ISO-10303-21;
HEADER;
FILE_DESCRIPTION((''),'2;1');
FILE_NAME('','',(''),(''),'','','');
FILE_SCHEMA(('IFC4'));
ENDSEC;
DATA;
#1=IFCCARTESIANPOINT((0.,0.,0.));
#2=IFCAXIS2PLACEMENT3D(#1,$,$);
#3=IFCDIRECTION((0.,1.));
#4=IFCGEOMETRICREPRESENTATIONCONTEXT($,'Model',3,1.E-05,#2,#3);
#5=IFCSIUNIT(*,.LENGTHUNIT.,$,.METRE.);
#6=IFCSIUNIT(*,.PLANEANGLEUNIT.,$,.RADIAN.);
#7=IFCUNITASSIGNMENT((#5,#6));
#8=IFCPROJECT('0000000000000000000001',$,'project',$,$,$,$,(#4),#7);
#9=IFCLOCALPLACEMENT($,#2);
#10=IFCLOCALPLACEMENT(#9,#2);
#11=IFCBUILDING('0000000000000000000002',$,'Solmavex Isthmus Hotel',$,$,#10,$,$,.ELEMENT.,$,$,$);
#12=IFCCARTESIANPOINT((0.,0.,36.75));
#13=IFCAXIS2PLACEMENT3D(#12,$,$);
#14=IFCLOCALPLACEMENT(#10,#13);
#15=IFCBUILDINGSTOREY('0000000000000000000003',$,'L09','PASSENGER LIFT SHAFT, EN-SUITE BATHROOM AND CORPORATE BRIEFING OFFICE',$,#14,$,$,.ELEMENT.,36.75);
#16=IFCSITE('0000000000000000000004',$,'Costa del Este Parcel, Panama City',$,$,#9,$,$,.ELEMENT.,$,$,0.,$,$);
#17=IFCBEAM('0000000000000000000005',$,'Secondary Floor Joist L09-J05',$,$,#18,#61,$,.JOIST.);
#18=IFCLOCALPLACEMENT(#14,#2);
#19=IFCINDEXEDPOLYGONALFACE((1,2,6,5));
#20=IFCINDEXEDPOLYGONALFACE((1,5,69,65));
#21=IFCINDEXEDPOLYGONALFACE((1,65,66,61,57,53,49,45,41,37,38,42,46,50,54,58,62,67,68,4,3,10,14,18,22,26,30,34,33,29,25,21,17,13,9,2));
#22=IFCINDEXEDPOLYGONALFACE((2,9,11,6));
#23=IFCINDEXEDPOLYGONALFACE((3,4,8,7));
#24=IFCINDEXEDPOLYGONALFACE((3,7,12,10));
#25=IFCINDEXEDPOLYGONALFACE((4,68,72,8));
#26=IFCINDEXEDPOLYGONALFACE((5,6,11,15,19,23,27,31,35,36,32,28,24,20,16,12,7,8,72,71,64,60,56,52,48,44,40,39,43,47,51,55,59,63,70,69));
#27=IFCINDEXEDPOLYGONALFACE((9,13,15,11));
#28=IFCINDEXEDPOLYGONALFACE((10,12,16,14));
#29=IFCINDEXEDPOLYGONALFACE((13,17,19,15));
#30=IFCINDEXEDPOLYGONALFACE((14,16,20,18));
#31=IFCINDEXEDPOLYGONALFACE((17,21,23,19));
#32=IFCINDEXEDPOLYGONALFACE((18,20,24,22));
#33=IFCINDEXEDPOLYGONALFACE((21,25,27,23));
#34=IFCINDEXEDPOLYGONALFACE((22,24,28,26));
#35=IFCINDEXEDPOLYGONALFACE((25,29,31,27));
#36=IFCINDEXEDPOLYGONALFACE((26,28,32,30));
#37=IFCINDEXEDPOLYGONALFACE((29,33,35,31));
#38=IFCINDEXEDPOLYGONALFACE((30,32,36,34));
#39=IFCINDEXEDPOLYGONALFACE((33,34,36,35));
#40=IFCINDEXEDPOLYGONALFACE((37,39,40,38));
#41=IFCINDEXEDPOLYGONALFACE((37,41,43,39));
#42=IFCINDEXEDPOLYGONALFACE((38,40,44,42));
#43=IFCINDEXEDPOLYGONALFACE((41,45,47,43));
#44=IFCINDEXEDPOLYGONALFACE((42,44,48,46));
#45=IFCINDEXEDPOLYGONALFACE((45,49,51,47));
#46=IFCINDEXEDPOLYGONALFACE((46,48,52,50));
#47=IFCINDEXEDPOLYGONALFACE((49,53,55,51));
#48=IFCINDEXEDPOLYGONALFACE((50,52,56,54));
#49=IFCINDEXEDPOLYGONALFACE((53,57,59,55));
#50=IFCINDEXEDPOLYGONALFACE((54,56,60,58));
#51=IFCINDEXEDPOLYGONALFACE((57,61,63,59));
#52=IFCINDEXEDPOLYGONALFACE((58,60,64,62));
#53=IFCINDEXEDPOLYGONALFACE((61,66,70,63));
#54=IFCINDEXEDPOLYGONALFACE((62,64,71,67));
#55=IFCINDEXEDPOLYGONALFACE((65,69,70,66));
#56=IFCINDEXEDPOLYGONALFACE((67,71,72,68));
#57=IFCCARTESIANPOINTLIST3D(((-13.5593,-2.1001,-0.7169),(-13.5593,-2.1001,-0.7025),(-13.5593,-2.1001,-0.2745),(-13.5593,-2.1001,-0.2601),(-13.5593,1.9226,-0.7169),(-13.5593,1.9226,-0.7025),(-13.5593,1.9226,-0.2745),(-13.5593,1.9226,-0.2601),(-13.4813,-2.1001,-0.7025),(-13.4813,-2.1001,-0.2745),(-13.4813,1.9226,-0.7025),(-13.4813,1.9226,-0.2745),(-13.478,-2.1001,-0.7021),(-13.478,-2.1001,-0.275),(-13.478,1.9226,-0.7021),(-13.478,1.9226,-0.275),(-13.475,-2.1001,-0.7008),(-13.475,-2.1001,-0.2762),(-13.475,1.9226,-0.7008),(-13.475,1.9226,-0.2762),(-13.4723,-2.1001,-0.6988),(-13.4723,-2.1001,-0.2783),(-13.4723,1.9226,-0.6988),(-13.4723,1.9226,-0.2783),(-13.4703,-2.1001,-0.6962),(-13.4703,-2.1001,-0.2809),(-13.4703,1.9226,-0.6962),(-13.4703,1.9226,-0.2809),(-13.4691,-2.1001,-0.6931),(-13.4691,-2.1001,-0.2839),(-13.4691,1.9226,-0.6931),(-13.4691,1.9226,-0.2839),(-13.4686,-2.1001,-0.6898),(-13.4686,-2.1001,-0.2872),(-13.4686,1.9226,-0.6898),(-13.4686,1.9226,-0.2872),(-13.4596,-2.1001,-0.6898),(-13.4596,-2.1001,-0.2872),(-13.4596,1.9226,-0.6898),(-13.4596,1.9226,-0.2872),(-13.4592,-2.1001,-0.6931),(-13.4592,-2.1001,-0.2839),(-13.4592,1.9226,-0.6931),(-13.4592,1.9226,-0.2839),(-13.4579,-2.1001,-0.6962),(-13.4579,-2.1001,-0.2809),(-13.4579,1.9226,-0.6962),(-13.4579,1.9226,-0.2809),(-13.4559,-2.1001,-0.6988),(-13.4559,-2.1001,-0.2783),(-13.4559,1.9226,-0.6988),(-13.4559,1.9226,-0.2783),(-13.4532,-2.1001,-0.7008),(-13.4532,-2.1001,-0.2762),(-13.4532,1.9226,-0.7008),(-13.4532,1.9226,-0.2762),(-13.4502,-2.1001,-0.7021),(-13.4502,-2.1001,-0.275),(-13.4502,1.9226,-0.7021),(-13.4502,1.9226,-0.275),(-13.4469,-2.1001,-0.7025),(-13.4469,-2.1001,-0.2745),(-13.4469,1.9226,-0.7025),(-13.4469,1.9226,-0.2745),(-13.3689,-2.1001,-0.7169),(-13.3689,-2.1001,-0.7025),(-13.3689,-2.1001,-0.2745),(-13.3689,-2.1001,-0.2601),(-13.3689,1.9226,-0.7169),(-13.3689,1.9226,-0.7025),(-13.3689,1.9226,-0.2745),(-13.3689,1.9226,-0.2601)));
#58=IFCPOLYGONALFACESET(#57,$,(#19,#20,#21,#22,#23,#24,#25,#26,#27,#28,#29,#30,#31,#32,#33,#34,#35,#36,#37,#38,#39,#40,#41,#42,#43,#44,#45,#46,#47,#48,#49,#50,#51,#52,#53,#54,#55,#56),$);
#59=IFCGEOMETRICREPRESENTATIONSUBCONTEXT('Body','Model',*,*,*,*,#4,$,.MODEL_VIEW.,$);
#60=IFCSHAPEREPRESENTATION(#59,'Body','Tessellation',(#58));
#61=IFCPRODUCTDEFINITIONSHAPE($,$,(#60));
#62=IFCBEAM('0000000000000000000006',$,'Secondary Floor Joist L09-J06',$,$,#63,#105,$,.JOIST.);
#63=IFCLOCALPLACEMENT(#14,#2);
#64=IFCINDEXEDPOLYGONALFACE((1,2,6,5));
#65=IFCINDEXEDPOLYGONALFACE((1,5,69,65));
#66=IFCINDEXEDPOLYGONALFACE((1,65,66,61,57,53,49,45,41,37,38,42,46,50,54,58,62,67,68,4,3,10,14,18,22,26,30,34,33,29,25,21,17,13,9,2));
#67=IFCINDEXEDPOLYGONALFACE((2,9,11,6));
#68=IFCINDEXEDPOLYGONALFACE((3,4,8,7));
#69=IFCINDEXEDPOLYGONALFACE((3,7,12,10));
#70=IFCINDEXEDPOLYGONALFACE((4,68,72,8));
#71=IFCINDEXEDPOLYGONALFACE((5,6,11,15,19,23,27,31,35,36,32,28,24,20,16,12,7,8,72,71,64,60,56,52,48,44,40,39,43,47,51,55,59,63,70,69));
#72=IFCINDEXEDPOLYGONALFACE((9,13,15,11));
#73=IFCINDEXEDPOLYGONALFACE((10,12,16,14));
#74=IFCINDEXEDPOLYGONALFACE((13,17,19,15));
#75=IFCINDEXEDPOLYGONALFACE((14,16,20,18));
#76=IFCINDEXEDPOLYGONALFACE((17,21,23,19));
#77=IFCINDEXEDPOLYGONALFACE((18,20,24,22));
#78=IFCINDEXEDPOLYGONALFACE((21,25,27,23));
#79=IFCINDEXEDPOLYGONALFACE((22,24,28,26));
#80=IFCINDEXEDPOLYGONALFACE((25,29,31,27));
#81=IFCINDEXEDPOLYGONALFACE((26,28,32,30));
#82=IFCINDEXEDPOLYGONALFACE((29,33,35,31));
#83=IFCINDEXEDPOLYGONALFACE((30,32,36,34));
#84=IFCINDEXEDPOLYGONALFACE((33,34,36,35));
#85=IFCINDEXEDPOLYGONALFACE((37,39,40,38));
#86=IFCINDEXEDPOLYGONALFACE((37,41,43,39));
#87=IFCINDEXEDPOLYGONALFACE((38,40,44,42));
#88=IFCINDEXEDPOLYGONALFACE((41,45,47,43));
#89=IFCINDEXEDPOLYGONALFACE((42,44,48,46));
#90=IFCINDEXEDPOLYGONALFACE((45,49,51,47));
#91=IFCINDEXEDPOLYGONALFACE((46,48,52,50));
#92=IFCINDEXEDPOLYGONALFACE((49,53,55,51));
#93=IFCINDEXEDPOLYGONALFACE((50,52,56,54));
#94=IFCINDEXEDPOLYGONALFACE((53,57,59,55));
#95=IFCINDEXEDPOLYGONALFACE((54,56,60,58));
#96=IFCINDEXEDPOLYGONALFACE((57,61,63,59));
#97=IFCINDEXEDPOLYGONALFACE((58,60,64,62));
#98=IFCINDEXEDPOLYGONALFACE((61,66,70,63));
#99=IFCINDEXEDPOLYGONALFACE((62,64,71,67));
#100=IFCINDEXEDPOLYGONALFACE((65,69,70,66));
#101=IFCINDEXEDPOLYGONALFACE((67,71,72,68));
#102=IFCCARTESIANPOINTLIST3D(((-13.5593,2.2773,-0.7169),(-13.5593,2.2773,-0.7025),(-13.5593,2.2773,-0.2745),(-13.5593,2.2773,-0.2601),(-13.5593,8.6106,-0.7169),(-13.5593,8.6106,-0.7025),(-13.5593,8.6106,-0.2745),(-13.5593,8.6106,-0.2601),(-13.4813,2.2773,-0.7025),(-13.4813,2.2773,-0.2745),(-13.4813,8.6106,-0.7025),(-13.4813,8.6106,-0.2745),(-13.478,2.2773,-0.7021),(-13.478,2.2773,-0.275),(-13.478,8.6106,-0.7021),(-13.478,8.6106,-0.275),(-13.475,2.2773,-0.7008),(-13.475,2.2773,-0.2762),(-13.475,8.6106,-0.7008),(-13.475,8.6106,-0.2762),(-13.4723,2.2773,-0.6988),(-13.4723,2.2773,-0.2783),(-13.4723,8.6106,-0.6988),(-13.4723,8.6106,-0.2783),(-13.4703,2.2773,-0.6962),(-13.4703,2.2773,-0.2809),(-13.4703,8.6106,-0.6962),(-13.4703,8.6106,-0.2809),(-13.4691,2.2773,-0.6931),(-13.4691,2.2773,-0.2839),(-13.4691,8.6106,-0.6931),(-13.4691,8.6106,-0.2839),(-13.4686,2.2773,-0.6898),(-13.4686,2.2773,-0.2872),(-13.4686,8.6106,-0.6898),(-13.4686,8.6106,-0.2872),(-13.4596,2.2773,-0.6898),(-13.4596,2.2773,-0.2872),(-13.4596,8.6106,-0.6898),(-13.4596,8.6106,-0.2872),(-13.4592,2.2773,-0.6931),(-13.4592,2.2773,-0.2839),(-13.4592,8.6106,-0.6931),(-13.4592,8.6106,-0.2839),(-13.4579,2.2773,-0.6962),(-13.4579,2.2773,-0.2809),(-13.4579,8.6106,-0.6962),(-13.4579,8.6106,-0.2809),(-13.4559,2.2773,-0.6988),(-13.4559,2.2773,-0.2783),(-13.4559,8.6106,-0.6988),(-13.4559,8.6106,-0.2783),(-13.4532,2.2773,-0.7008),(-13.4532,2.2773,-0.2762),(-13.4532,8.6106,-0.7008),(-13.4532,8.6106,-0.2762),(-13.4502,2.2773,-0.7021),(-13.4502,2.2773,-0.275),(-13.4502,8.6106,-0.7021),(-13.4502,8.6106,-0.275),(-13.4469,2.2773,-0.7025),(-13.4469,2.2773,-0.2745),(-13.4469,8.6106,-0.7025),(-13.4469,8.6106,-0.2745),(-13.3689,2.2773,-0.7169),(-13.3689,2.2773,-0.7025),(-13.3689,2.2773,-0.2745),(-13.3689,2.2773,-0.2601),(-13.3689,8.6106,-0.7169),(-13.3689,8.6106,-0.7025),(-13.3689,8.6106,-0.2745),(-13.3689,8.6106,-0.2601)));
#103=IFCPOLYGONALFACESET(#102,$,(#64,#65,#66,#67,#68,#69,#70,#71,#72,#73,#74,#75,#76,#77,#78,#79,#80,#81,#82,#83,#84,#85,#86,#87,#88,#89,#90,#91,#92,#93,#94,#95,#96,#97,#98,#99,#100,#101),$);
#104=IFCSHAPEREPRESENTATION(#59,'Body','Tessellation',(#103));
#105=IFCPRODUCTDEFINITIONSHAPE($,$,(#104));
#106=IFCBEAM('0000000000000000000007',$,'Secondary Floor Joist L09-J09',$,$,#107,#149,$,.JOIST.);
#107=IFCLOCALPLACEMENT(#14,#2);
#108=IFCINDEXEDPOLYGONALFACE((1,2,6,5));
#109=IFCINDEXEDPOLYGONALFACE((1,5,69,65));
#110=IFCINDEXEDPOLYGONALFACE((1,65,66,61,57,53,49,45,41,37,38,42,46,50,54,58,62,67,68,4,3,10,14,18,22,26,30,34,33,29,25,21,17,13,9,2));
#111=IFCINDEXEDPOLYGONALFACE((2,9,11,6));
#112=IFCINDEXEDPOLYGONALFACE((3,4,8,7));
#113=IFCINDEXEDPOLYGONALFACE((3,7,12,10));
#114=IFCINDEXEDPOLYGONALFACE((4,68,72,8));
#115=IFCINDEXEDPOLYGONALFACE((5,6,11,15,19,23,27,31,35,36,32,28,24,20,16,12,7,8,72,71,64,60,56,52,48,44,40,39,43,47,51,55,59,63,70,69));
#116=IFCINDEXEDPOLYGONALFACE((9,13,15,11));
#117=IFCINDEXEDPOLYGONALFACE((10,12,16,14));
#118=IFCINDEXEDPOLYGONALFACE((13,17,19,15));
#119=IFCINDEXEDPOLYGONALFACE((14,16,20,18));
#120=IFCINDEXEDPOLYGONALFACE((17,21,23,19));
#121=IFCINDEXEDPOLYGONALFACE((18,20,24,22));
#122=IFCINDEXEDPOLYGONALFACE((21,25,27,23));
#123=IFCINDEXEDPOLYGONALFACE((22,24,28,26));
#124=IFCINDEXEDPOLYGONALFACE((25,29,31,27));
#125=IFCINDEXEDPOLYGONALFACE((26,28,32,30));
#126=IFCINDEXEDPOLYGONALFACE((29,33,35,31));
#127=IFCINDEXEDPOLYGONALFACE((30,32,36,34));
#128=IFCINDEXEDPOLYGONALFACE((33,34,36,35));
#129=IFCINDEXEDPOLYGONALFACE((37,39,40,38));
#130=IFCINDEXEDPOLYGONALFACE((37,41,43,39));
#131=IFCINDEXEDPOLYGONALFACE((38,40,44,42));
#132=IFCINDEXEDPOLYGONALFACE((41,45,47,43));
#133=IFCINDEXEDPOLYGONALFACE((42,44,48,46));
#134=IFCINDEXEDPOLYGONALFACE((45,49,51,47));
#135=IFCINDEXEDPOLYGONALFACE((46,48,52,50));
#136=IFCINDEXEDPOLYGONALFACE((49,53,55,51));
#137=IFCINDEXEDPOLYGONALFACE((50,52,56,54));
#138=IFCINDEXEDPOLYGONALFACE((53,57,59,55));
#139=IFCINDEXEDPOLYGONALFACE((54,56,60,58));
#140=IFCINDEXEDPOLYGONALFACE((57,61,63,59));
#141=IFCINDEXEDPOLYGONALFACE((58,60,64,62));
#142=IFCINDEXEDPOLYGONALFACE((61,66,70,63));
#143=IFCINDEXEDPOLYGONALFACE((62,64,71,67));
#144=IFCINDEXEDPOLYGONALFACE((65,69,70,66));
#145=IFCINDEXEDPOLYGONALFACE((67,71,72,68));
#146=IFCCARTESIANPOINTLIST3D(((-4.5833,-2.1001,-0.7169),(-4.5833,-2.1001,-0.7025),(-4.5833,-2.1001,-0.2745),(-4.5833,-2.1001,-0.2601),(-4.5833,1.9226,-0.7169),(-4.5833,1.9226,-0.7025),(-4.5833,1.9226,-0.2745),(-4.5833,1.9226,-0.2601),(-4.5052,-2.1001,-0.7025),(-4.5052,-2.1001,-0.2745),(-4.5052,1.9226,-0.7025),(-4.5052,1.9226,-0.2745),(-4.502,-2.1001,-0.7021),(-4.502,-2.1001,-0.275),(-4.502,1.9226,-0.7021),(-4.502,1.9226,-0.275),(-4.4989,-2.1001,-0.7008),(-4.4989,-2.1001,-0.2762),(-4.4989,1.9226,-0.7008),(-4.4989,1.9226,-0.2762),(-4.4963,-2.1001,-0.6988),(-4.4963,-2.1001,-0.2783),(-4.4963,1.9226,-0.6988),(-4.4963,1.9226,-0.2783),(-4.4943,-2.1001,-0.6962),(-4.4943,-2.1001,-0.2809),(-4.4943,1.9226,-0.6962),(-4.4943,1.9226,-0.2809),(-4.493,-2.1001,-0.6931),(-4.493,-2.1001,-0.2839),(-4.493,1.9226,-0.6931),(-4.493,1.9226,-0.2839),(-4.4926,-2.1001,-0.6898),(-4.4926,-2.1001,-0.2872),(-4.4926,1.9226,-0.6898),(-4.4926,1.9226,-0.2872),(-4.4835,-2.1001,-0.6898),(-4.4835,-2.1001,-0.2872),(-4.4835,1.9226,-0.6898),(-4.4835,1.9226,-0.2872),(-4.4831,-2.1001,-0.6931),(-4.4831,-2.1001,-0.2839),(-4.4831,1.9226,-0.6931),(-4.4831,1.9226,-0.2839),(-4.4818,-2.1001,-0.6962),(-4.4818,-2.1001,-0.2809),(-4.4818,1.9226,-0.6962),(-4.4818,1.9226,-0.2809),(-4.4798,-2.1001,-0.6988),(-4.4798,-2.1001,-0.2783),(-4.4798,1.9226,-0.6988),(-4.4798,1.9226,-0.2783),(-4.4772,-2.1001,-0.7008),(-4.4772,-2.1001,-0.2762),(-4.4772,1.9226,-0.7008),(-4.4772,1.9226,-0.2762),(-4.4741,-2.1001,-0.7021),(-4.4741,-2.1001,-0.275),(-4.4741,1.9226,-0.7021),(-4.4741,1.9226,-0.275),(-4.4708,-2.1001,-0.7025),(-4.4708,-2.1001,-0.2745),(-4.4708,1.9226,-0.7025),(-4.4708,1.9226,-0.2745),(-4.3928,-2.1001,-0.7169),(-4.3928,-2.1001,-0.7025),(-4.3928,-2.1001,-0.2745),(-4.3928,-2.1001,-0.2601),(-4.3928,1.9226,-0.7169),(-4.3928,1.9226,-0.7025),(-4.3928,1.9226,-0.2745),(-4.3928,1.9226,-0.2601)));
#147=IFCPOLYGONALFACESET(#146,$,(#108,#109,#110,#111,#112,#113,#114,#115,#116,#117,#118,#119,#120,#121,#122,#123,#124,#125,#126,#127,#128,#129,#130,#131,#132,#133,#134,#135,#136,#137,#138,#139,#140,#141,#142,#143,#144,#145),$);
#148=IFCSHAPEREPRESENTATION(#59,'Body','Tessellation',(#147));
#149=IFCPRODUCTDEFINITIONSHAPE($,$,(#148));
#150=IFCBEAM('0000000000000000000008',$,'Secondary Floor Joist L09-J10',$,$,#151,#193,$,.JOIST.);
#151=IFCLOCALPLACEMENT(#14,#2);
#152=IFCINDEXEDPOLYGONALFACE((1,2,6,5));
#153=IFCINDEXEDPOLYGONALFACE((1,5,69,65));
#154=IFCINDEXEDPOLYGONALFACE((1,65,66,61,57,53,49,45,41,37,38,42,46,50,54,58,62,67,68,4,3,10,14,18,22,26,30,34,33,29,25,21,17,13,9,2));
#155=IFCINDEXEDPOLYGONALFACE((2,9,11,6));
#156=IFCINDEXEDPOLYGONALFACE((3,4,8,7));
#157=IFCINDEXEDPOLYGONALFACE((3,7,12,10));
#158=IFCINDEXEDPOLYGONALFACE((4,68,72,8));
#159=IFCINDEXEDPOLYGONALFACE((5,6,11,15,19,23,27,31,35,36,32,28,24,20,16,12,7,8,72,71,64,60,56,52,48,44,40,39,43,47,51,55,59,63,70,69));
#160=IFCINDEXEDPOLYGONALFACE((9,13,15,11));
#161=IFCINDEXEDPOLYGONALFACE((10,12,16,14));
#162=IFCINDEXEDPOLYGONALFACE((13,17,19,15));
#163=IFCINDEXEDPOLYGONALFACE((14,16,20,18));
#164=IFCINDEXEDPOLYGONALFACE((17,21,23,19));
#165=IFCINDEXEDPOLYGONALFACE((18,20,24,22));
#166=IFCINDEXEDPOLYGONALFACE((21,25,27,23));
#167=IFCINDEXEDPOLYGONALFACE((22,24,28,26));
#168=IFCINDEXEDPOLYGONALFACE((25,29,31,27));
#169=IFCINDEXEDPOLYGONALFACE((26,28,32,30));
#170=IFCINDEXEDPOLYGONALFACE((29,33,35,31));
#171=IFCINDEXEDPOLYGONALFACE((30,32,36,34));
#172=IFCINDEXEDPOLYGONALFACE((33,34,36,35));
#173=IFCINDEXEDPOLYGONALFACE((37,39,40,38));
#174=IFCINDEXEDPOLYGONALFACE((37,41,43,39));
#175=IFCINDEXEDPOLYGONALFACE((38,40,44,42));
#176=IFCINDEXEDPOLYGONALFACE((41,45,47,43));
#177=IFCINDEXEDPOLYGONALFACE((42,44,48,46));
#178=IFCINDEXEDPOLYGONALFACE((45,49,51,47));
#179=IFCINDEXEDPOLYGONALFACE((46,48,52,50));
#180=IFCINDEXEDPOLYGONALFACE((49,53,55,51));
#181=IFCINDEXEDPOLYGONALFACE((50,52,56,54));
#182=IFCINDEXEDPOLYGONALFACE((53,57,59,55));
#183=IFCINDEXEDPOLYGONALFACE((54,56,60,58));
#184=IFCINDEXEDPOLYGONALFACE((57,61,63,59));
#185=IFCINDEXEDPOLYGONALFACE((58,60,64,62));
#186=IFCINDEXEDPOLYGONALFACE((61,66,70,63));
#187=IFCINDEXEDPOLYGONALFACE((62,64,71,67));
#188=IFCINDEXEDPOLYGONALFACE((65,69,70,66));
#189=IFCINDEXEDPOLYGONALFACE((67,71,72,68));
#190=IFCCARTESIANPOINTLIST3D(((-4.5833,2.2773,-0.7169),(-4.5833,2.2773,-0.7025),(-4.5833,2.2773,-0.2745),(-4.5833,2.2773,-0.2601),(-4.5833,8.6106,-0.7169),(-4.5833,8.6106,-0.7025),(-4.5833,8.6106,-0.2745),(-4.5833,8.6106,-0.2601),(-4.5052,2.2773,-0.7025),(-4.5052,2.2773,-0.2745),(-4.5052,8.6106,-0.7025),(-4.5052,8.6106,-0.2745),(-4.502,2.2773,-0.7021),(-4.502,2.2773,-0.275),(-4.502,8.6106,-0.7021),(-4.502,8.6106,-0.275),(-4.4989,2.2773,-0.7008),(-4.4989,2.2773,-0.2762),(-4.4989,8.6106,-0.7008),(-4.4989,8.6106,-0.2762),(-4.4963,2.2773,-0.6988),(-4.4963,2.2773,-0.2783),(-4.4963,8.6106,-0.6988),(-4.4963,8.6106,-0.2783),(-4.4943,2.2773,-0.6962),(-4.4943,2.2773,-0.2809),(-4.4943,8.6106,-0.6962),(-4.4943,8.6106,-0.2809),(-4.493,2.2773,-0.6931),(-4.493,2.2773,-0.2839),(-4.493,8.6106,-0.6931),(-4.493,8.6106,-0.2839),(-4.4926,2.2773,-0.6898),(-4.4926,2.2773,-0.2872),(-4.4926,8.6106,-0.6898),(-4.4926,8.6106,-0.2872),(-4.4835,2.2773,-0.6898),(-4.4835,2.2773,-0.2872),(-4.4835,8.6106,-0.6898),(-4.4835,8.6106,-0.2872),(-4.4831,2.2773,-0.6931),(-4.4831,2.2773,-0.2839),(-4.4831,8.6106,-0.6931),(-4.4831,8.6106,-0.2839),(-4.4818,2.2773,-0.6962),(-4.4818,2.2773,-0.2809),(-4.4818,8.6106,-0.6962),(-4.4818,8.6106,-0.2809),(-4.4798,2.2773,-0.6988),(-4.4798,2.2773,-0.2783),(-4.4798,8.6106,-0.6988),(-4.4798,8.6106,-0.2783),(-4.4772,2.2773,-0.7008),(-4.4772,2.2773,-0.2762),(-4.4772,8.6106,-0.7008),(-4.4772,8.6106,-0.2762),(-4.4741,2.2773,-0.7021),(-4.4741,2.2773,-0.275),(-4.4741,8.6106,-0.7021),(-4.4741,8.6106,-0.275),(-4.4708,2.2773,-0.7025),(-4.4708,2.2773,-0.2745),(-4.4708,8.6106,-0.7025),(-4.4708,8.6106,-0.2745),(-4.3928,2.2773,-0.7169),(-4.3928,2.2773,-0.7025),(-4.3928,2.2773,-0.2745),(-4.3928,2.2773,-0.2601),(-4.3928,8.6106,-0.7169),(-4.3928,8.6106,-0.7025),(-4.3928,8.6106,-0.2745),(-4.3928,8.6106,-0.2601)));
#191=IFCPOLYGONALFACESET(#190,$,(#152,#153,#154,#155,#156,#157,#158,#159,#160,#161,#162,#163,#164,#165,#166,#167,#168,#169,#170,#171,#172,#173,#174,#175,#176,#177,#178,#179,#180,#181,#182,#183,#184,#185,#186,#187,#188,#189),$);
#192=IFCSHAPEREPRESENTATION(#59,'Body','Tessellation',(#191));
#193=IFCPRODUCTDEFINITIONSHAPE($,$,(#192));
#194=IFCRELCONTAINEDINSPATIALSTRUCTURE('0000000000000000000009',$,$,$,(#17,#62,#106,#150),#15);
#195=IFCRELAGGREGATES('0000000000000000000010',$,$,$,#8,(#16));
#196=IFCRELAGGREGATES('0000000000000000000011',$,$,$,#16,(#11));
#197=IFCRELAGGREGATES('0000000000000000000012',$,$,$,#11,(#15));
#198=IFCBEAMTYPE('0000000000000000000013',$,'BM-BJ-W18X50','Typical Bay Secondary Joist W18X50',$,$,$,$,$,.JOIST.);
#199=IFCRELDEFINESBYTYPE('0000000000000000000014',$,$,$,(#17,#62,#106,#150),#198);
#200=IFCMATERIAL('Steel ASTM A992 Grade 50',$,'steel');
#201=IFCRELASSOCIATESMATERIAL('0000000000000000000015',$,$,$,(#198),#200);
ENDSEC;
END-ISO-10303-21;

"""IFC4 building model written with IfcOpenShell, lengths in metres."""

from ifc_helpers import new_model, si_unit, direction, frame, origin, origin_2d, place, context, subcontext, project, spatial, i_section, extrude, material, material_profile, profile_set, type_object, element, save


model = new_model("IFC4")

# Units and contexts
model_context = context("Model", 3, precision=1e-05, world=origin(), true_north=direction((0.0, 1.0)))
body_context = subcontext(model_context, "Body", "Model", "MODEL_VIEW")
ifc_project = project(units=[si_unit("LENGTHUNIT", "METRE"), si_unit("PLANEANGLEUNIT", "RADIAN")], contexts=[model_context])

# Site, building, storey
site_placement = place(None, origin())
site = spatial("IfcSite", under=ifc_project, at=site_placement, Name="Costa del Este Parcel, Panama City", CompositionType="ELEMENT", RefElevation=0.0)
building_placement = place(site_placement, origin())
building = spatial("IfcBuilding", under=site, at=building_placement, Name="Solmavex Isthmus Hotel", CompositionType="ELEMENT")
storey_placement = place(building_placement, frame((0.0, 0.0, 36.75)))
storey = spatial("IfcBuildingStorey", under=building, at=storey_placement, Name="L09", Description="PASSENGER LIFT SHAFT, EN-SUITE BATHROOM AND CORPORATE BRIEFING OFFICE", CompositionType="ELEMENT", Elevation=36.75)

# Beams
ifc_material_1 = material(Name="Steel ASTM A992 Grade 50", Category="steel")
ifc_material_profile_1 = material_profile(ifc_material_1, i_section(OverallWidth=0.1904, OverallDepth=0.4568, WebThickness=0.009, FlangeThickness=0.0144, FilletRadius=0.0127, at=origin_2d()), Name="W18X50")
ifc_profile_set_1 = profile_set([ifc_material_profile_1], Name="Steel ASTM A992 Grade 50")
beam_type_1 = type_object("IfcBeamType", Name="BM-BJ-W18X50", Description="Typical Bay Secondary Joist W18X50", PredefinedType="JOIST", material=ifc_profile_set_1)
beam_1_placement = place(storey_placement, frame((-13.4641, -2.1001, -0.4885), z_axis=(0.0, 1.0, 0.0), x_axis=(-1.0, 0.0, 0.0)))
element("IfcBeam", 1, at=beam_1_placement, inside=storey, type_object=beam_type_1, Name="Secondary Floor Joist L09-J05", PredefinedType="JOIST", context=body_context, shape_type="SweptSolid", body=[
    extrude(i_section(OverallWidth=0.1904, OverallDepth=0.4568, WebThickness=0.009, FlangeThickness=0.0144, FilletRadius=0.0127, at=origin_2d()), origin(), (0.0, 0.0, 1.0), 4.0227),
])
beam_2_placement = place(storey_placement, frame((-13.4641, 2.2773, -0.4885), z_axis=(0.0, 1.0, 0.0), x_axis=(-1.0, 0.0, 0.0)))
element("IfcBeam", 2, at=beam_2_placement, inside=storey, type_object=beam_type_1, Name="Secondary Floor Joist L09-J06", PredefinedType="JOIST", context=body_context, shape_type="SweptSolid", body=[
    extrude(i_section(OverallWidth=0.1904, OverallDepth=0.4568, WebThickness=0.009, FlangeThickness=0.0144, FilletRadius=0.0127, at=origin_2d()), origin(), (0.0, 0.0, 1.0), 6.3333),
])
beam_3_placement = place(storey_placement, frame((-4.488, -2.1001, -0.4885), z_axis=(0.0, 1.0, 0.0), x_axis=(-1.0, 0.0, 0.0)))
element("IfcBeam", 3, at=beam_3_placement, inside=storey, type_object=beam_type_1, Name="Secondary Floor Joist L09-J09", PredefinedType="JOIST", context=body_context, shape_type="SweptSolid", body=[
    extrude(i_section(OverallWidth=0.1904, OverallDepth=0.4568, WebThickness=0.009, FlangeThickness=0.0144, FilletRadius=0.0127, at=origin_2d()), origin(), (0.0, 0.0, 1.0), 4.0227),
])
beam_4_placement = place(storey_placement, frame((-4.488, 2.2773, -0.4885), z_axis=(0.0, 1.0, 0.0), x_axis=(-1.0, 0.0, 0.0)))
element("IfcBeam", 4, at=beam_4_placement, inside=storey, type_object=beam_type_1, Name="Secondary Floor Joist L09-J10", PredefinedType="JOIST", context=body_context, shape_type="SweptSolid", body=[
    extrude(i_section(OverallWidth=0.1904, OverallDepth=0.4568, WebThickness=0.009, FlangeThickness=0.0144, FilletRadius=0.0127, at=origin_2d()), origin(), (0.0, 0.0, 1.0), 6.3333),
])

save(model, "model.ifc")
